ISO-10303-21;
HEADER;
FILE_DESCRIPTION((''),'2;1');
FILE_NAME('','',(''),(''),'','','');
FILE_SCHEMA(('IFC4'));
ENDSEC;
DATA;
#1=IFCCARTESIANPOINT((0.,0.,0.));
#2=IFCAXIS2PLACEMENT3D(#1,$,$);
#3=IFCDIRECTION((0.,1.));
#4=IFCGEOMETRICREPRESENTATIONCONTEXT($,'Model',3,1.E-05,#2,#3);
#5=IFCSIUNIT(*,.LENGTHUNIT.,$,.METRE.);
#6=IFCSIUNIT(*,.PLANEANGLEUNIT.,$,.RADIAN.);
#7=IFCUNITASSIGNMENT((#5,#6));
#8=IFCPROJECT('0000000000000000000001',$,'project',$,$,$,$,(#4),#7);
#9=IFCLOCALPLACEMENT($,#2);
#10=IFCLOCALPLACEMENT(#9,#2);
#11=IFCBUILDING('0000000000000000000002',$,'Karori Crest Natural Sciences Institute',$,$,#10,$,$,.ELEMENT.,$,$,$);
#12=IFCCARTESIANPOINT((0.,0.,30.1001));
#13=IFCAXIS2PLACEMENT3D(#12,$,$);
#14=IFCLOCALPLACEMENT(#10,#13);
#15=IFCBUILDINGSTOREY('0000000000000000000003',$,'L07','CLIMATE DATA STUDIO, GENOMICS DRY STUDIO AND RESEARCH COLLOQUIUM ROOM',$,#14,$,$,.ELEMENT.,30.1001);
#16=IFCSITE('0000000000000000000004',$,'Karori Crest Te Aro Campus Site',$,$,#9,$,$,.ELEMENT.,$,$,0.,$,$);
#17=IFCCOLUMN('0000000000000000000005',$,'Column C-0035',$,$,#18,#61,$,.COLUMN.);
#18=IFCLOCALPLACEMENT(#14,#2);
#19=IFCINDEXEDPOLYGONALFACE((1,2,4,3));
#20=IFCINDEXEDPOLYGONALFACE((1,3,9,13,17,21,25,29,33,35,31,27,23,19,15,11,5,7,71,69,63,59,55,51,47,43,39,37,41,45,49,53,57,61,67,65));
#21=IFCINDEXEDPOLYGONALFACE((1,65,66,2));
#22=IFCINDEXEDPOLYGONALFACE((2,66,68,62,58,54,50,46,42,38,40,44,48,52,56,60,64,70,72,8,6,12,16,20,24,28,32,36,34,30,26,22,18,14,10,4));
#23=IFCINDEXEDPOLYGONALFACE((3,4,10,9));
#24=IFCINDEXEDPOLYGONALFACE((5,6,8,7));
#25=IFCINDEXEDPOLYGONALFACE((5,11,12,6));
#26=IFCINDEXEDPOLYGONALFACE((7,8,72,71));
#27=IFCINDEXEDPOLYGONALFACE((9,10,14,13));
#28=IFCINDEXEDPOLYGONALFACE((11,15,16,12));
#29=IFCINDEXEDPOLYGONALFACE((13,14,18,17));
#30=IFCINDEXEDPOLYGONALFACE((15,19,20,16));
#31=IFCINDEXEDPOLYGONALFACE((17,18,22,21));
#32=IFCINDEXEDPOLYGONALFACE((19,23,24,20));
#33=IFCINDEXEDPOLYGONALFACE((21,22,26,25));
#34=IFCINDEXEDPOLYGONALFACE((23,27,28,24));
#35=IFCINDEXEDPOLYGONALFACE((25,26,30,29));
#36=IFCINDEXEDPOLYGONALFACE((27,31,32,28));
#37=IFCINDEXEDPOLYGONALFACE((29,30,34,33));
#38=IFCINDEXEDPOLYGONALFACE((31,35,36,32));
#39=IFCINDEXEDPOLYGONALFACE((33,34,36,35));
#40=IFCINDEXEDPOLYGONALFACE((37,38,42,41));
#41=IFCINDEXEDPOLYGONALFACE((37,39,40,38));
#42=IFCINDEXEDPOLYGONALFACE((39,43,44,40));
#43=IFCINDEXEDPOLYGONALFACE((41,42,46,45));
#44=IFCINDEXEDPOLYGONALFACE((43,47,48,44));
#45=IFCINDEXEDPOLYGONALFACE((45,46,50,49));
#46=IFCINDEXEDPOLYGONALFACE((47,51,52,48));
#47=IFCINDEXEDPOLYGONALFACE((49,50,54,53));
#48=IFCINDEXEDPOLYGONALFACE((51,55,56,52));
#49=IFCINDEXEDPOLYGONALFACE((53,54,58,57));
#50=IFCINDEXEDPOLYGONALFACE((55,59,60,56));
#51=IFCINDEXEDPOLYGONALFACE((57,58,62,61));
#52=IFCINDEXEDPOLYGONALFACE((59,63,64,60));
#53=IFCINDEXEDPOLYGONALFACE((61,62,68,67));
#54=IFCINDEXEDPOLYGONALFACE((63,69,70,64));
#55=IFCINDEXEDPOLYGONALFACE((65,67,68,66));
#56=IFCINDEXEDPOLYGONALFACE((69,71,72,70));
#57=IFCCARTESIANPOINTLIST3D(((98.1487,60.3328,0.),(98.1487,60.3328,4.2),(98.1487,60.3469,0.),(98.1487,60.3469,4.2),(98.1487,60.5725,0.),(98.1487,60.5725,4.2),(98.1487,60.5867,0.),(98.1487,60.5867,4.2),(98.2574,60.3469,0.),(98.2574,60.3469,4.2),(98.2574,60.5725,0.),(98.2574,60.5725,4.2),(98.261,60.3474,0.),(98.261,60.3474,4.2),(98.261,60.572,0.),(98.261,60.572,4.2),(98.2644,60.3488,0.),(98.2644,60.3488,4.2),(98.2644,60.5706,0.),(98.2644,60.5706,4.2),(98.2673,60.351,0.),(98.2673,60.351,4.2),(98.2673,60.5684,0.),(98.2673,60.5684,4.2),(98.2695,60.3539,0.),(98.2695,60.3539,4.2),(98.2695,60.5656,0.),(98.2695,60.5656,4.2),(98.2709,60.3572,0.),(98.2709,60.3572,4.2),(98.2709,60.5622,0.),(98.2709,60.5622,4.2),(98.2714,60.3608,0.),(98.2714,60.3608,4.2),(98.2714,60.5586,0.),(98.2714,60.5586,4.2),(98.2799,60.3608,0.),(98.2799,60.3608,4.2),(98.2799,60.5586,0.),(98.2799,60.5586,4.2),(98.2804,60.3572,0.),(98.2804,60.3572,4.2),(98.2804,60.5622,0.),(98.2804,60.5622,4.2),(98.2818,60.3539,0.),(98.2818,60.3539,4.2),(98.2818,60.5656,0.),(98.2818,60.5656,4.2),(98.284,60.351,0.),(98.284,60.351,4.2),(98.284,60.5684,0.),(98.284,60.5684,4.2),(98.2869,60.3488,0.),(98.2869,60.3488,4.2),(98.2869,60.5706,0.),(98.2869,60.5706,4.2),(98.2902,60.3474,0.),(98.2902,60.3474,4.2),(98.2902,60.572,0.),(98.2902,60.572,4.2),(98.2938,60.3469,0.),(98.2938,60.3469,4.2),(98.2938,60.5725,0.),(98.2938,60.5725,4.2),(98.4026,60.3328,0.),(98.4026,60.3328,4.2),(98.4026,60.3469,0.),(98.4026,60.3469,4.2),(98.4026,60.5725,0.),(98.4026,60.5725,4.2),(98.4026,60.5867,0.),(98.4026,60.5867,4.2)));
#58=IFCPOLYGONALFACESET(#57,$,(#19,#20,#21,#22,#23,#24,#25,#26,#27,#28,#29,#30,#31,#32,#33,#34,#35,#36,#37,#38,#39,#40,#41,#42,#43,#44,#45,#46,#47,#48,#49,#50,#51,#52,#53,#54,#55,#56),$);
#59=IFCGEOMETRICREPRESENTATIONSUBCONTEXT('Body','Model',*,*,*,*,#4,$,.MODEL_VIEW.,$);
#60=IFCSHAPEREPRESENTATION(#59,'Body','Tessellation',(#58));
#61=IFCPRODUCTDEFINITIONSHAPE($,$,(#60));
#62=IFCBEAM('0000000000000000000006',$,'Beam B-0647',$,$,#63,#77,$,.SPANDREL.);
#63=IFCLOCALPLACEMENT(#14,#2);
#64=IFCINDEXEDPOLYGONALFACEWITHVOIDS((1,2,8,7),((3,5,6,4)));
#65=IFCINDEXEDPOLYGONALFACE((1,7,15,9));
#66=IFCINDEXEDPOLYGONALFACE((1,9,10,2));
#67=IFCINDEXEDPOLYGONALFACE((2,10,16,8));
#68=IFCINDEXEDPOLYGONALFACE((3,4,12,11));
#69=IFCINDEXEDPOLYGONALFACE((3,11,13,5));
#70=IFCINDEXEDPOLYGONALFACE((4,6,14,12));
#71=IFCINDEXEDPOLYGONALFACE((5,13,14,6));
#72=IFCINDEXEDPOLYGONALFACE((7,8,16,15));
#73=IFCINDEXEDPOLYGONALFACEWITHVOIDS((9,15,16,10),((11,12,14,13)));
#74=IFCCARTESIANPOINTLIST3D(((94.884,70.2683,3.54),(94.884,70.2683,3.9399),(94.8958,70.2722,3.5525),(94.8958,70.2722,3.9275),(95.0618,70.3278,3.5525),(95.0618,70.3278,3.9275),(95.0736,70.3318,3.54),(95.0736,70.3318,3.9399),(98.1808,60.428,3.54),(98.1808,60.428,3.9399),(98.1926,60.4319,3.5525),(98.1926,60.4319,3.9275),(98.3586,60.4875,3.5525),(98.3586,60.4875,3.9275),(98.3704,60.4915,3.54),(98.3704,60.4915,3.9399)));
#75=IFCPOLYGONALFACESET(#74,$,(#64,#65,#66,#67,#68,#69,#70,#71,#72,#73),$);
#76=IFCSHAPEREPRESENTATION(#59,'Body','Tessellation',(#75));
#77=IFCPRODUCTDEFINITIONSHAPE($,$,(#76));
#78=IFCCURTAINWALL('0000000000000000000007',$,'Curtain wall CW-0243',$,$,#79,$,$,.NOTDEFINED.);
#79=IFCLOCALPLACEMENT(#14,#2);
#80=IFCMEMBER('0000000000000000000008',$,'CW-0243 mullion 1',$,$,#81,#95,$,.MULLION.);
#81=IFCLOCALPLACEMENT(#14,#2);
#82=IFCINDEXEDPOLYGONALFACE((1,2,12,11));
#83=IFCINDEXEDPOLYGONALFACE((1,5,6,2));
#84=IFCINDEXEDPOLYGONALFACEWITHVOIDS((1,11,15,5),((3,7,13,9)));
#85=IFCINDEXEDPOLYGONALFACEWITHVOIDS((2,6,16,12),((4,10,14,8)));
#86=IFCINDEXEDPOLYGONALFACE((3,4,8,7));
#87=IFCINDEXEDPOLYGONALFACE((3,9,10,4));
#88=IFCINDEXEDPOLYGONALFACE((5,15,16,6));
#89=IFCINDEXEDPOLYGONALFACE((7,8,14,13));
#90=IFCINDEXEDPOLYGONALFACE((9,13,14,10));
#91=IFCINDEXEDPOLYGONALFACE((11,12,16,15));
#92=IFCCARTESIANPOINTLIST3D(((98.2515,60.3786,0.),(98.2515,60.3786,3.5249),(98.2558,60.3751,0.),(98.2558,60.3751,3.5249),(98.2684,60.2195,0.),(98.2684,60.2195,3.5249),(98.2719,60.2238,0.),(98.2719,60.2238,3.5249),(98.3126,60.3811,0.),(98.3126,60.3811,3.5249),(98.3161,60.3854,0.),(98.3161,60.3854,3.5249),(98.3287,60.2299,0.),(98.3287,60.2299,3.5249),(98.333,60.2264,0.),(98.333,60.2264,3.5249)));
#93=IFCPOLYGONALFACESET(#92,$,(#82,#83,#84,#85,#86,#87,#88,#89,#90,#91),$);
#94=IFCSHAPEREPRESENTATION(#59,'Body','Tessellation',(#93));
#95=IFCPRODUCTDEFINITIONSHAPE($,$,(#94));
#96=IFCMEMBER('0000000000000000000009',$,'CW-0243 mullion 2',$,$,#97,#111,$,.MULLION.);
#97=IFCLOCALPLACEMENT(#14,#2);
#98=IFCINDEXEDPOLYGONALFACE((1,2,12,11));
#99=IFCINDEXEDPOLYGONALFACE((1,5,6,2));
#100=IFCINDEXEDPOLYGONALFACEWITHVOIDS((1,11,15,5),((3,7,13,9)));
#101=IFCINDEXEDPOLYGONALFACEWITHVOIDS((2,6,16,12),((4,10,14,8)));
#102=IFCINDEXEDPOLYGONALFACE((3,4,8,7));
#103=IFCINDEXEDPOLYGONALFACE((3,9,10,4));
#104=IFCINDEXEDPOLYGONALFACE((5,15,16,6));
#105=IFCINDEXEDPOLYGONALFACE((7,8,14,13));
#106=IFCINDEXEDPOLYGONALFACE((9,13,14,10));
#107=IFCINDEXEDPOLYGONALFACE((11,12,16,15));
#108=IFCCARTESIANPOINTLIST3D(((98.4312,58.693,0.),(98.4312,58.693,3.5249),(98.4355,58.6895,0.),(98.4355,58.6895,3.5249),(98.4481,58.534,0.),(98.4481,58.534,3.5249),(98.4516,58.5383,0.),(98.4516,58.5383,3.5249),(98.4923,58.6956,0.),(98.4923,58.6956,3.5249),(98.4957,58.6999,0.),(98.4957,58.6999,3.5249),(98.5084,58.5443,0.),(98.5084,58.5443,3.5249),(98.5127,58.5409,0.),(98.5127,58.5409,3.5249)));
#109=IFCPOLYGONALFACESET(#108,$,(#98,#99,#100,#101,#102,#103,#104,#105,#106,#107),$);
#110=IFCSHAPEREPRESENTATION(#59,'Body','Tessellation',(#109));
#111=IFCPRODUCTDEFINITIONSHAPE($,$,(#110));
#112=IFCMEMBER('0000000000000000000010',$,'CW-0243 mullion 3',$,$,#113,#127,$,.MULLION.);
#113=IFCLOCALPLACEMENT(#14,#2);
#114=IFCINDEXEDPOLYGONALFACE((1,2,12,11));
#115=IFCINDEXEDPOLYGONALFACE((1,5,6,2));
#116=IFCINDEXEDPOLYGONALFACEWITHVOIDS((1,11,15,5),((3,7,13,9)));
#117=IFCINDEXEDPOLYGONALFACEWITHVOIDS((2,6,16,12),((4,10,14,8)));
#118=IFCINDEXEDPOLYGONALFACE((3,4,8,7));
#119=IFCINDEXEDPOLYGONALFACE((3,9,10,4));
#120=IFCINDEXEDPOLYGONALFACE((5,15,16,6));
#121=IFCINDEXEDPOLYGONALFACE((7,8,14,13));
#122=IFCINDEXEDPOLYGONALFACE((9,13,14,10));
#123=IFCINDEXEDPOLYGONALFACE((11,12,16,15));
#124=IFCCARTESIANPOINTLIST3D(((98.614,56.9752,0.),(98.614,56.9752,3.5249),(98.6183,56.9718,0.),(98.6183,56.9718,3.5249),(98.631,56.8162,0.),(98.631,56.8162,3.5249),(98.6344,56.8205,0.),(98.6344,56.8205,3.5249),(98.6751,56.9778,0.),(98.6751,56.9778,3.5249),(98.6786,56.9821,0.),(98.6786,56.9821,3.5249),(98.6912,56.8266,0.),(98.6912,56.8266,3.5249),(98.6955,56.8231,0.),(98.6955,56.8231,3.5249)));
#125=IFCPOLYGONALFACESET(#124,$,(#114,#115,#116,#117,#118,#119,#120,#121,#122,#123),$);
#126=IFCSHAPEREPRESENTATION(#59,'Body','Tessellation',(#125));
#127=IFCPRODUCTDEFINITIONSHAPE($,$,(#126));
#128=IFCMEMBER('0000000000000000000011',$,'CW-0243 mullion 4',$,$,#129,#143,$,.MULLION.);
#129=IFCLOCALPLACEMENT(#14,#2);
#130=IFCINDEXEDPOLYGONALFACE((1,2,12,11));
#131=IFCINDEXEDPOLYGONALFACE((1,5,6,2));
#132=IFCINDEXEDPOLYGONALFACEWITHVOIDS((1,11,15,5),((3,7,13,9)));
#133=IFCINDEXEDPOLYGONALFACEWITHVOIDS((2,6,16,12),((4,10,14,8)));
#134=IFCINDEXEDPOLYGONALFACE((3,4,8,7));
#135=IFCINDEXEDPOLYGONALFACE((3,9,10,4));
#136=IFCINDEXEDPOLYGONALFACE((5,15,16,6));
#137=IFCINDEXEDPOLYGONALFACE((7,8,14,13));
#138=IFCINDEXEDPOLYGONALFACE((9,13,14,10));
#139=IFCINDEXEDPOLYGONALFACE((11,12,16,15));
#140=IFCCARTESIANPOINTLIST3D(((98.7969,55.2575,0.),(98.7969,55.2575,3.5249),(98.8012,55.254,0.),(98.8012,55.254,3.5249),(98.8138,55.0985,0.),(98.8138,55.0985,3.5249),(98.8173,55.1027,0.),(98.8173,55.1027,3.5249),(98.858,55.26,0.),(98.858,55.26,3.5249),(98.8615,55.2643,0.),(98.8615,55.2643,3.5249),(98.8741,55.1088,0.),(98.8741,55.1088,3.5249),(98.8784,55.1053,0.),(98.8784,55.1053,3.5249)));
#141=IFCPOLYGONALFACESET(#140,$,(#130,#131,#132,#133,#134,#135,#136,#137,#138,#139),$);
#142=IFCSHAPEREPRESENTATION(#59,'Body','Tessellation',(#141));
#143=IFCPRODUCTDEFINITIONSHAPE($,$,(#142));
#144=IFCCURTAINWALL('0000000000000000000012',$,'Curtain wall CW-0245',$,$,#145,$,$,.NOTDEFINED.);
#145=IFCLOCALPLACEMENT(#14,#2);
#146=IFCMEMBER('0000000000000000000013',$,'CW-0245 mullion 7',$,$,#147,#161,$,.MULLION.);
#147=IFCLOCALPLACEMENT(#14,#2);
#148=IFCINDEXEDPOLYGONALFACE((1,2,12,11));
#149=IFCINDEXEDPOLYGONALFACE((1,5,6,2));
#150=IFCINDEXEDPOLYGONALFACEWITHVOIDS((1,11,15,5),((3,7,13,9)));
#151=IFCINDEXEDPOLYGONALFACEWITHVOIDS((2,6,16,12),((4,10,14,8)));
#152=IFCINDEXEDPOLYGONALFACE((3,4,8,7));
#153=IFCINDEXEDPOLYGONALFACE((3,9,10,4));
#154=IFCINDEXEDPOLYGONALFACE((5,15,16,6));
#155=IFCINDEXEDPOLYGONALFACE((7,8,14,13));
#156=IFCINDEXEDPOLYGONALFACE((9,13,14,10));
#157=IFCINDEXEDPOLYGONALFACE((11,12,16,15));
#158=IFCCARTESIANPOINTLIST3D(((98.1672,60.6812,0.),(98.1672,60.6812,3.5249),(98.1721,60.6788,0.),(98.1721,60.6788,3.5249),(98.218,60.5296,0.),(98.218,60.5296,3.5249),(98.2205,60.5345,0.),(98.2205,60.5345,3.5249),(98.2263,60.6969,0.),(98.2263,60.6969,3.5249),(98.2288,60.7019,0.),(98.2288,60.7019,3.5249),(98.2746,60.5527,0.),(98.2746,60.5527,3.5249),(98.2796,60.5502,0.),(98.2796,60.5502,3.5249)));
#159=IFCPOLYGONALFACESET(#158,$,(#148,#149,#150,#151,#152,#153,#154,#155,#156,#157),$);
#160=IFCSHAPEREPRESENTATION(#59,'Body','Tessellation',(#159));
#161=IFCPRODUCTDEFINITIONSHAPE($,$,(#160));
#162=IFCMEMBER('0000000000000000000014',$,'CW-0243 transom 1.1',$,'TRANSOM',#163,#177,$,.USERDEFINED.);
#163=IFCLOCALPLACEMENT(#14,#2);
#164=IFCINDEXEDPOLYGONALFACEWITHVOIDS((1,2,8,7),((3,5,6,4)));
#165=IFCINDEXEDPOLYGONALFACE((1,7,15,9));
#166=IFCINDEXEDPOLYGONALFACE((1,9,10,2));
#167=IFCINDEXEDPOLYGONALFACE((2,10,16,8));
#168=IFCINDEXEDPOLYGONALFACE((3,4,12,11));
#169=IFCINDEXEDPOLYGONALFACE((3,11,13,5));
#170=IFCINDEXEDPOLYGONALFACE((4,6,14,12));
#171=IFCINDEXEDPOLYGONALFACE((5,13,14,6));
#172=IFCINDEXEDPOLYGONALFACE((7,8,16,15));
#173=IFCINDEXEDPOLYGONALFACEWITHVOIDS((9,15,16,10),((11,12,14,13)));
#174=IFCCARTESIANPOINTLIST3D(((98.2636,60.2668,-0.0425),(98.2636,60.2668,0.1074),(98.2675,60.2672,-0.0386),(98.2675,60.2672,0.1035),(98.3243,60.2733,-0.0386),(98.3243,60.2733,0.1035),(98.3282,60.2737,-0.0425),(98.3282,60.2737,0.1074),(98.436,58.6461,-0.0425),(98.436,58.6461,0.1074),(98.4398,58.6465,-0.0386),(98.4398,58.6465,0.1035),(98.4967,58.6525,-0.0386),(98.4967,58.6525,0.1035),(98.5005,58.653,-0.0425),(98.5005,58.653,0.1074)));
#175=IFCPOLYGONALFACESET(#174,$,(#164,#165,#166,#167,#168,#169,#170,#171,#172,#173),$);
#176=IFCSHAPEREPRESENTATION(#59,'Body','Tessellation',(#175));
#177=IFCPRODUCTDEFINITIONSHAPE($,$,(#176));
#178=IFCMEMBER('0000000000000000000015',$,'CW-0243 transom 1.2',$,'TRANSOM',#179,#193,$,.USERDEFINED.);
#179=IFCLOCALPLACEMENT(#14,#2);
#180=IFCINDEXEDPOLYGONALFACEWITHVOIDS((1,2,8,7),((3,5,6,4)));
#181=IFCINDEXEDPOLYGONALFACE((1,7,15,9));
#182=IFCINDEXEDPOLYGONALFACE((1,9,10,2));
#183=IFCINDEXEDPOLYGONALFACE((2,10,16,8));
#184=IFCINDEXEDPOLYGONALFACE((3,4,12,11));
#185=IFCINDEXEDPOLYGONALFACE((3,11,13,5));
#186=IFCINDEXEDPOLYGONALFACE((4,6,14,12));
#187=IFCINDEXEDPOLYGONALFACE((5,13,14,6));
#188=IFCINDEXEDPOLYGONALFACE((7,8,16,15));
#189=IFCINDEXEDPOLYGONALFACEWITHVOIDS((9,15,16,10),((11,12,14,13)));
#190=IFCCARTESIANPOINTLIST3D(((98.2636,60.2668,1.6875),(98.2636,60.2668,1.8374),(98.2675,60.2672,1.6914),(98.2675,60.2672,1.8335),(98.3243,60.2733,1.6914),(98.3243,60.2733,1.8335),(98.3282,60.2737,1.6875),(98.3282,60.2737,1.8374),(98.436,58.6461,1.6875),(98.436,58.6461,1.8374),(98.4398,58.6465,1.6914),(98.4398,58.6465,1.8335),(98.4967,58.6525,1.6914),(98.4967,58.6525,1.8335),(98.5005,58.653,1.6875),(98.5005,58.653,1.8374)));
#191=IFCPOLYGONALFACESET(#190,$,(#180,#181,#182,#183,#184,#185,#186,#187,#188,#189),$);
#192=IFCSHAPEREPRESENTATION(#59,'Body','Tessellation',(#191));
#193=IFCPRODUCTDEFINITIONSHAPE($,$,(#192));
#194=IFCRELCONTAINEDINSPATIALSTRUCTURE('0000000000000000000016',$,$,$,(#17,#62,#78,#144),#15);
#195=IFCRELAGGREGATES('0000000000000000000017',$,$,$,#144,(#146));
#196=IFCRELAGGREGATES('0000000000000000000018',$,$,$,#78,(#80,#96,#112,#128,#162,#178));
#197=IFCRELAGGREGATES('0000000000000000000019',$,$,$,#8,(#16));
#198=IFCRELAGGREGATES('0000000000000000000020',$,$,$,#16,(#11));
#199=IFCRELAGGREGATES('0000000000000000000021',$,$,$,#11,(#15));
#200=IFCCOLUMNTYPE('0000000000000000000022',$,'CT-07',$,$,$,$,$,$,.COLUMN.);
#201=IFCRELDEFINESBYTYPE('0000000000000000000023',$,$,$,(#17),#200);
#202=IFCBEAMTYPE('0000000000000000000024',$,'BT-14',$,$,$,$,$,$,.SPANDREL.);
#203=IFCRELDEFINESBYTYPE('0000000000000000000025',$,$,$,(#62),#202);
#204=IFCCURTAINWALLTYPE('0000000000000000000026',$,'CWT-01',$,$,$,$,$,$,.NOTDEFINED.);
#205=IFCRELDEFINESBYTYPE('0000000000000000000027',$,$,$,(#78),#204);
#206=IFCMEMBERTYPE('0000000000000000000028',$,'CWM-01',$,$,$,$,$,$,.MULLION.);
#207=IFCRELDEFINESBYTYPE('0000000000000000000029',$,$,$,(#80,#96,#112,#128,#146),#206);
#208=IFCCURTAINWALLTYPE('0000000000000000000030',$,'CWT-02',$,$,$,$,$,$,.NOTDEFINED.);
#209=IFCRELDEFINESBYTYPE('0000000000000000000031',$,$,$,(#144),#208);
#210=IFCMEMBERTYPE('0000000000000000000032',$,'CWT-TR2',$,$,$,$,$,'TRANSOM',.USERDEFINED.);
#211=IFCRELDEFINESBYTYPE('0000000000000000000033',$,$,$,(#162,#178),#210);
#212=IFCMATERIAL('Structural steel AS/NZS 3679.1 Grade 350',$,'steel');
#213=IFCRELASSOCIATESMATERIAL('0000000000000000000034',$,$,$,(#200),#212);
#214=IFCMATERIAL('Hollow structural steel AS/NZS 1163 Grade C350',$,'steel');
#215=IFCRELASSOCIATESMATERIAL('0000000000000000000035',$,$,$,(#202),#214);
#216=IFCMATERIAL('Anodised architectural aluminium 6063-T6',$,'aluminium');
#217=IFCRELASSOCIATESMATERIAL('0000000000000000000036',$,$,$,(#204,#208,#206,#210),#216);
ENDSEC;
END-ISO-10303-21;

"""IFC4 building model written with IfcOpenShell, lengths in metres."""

from ifc_helpers import new_model, si_unit, direction, frame, origin, origin_2d, place, context, subcontext, project, spatial, hollow_rectangle, i_section, extrude, material, material_profile, profile_set, type_object, element, aggregate, save


model = new_model("IFC4")

# Units and contexts
model_context = context("Model", 3, precision=1e-05, world=origin(), true_north=direction((0.0, 1.0)))
body_context = subcontext(model_context, "Body", "Model", "MODEL_VIEW")
ifc_project = project(units=[si_unit("LENGTHUNIT", "METRE"), si_unit("PLANEANGLEUNIT", "RADIAN")], contexts=[model_context])

# Site, building, storey
site_placement = place(None, origin())
site = spatial("IfcSite", under=ifc_project, at=site_placement, Name="Karori Crest Te Aro Campus Site", CompositionType="ELEMENT", RefElevation=0.0)
building_placement = place(site_placement, origin())
building = spatial("IfcBuilding", under=site, at=building_placement, Name="Karori Crest Natural Sciences Institute", CompositionType="ELEMENT")
storey_placement = place(building_placement, frame((0.0, 0.0, 30.1001)))
storey = spatial("IfcBuildingStorey", under=building, at=storey_placement, Name="L07", Description="CLIMATE DATA STUDIO, GENOMICS DRY STUDIO AND RESEARCH COLLOQUIUM ROOM", CompositionType="ELEMENT", Elevation=30.1001)

# Column
ifc_material_1 = material(Name="Structural steel AS/NZS 3679.1 Grade 350", Category="steel")
ifc_material_profile_1 = material_profile(ifc_material_1, i_section(OverallWidth=0.2539, OverallDepth=0.2539, WebThickness=0.0085, FlangeThickness=0.0142, FilletRadius=0.0139, at=origin_2d()), Name="250UC72.9")
ifc_profile_set_1 = profile_set([ifc_material_profile_1], Name="Structural steel AS/NZS 3679.1 Grade 350")
column_type = type_object("IfcColumnType", Name="CT-07", PredefinedType="COLUMN", material=ifc_profile_set_1)
column_placement = place(storey_placement, frame((98.2756, 60.4597, 0.0), z_axis=(0.0, 0.0, 1.0), x_axis=(1.0, 0.0, 0.0)))
element("IfcColumn", 1, at=column_placement, inside=storey, type_object=column_type, Name="Column C-0035", PredefinedType="COLUMN", context=body_context, shape_type="SweptSolid", body=[
    extrude(i_section(OverallWidth=0.2539, OverallDepth=0.2539, WebThickness=0.0085, FlangeThickness=0.0142, FilletRadius=0.0139, at=origin_2d()), origin(), (0.0, 0.0, 1.0), 4.2),
])

# Beam
ifc_material_2 = material(Name="Hollow structural steel AS/NZS 1163 Grade C350", Category="steel")
ifc_material_profile_2 = material_profile(ifc_material_2, hollow_rectangle(XDim=0.2, YDim=0.3999, WallThickness=0.0125, at=origin_2d()), Name="RHS400x200x12.5")
ifc_profile_set_2 = profile_set([ifc_material_profile_2], Name="Hollow structural steel AS/NZS 1163 Grade C350")
beam_type = type_object("IfcBeamType", Name="BT-14", PredefinedType="SPANDREL", material=ifc_profile_set_2)
beam_placement = place(storey_placement, frame((98.2756, 60.4597, 3.74), z_axis=(-0.317681, 0.948198, 0.0), x_axis=(-0.948198, -0.317681, 0.0)))
element("IfcBeam", 2, at=beam_placement, inside=storey, type_object=beam_type, Name="Beam B-0647", PredefinedType="SPANDREL", context=body_context, shape_type="SweptSolid", body=[
    extrude(hollow_rectangle(XDim=0.2, YDim=0.3999, WallThickness=0.0125, at=origin_2d()), origin(), (0.0, 0.0, 1.0), 10.3779),
])

# Curtain wall, members
ifc_material_3 = material(Name="Anodised architectural aluminium 6063-T6", Category="aluminium")
curtain_wall_type_1 = type_object("IfcCurtainWallType", Name="CWT-01", PredefinedType="NOTDEFINED", material=ifc_material_3)
curtain_wall_1_placement = place(storey_placement, origin())
curtain_wall_1 = element("IfcCurtainWall", 3, at=curtain_wall_1_placement, inside=storey, type_object=curtain_wall_type_1, Name="Curtain wall CW-0243", PredefinedType="NOTDEFINED")
ifc_material_profile_3 = material_profile(ifc_material_3, hollow_rectangle(XDim=0.0649, YDim=0.1599, WallThickness=0.0039, at=origin_2d()), Name="CWM160x65x4")
ifc_profile_set_3 = profile_set([ifc_material_profile_3], Name="Anodised architectural aluminium 6063-T6")
member_type_1 = type_object("IfcMemberType", Name="CWM-01", PredefinedType="MULLION", material=ifc_profile_set_3)
member_1_placement = place(storey_placement, frame((98.2922, 60.3025, 0.0), z_axis=(0.0, 0.0, 1.0), x_axis=(0.994378, 0.105884, 0.0)))
member_1 = element("IfcMember", 4, at=member_1_placement, type_object=member_type_1, Name="CW-0243 mullion 1", PredefinedType="MULLION", context=body_context, shape_type="SweptSolid", body=[
    extrude(hollow_rectangle(XDim=0.0649, YDim=0.1599, WallThickness=0.0039, at=origin_2d()), origin(), (0.0, 0.0, 1.0), 3.5249),
])
member_2_placement = place(storey_placement, frame((98.4719, 58.6169, 0.0), z_axis=(0.0, 0.0, 1.0), x_axis=(0.994378, 0.105884, 0.0)))
member_2 = element("IfcMember", 5, at=member_2_placement, type_object=member_type_1, Name="CW-0243 mullion 2", PredefinedType="MULLION", context=body_context, shape_type="SweptSolid", body=[
    extrude(hollow_rectangle(XDim=0.0649, YDim=0.1599, WallThickness=0.0039, at=origin_2d()), origin(), (0.0, 0.0, 1.0), 3.5249),
])
member_3_placement = place(storey_placement, frame((98.6548, 56.8992, 0.0), z_axis=(0.0, 0.0, 1.0), x_axis=(0.994378, 0.105884, 0.0)))
member_3 = element("IfcMember", 6, at=member_3_placement, type_object=member_type_1, Name="CW-0243 mullion 3", PredefinedType="MULLION", context=body_context, shape_type="SweptSolid", body=[
    extrude(hollow_rectangle(XDim=0.0649, YDim=0.1599, WallThickness=0.0039, at=origin_2d()), origin(), (0.0, 0.0, 1.0), 3.5249),
])
member_4_placement = place(storey_placement, frame((98.8376, 55.1814, 0.0), z_axis=(0.0, 0.0, 1.0), x_axis=(0.994378, 0.105884, 0.0)))
member_4 = element("IfcMember", 7, at=member_4_placement, type_object=member_type_1, Name="CW-0243 mullion 4", PredefinedType="MULLION", context=body_context, shape_type="SweptSolid", body=[
    extrude(hollow_rectangle(XDim=0.0649, YDim=0.1599, WallThickness=0.0039, at=origin_2d()), origin(), (0.0, 0.0, 1.0), 3.5249),
])

# Curtain wall, member
curtain_wall_type_2 = type_object("IfcCurtainWallType", Name="CWT-02", PredefinedType="NOTDEFINED", material=ifc_material_3)
curtain_wall_2_placement = place(storey_placement, origin())
curtain_wall_2 = element("IfcCurtainWall", 8, at=curtain_wall_2_placement, inside=storey, type_object=curtain_wall_type_2, Name="Curtain wall CW-0245", PredefinedType="NOTDEFINED")
member_5_placement = place(storey_placement, frame((98.2234, 60.6157, 0.0), z_axis=(0.0, 0.0, 1.0), x_axis=(0.948198, 0.31768, 0.0)))
member_5 = element("IfcMember", 9, at=member_5_placement, type_object=member_type_1, Name="CW-0245 mullion 7", PredefinedType="MULLION", context=body_context, shape_type="SweptSolid", body=[
    extrude(hollow_rectangle(XDim=0.0649, YDim=0.1599, WallThickness=0.0039, at=origin_2d()), origin(), (0.0, 0.0, 1.0), 3.5249),
])
aggregate(curtain_wall_2, [member_5])

# Members
ifc_material_profile_4 = material_profile(ifc_material_3, hollow_rectangle(XDim=0.0649, YDim=0.1499, WallThickness=0.0039, at=origin_2d()), Name="CWT150x65x4")
ifc_profile_set_4 = profile_set([ifc_material_profile_4], Name="Anodised architectural aluminium 6063-T6")
member_type_2 = type_object("IfcMemberType", Name="CWT-TR2", ElementType="TRANSOM", PredefinedType="USERDEFINED", material=ifc_profile_set_4)
member_6_placement = place(storey_placement, frame((98.2959, 60.2703, 0.0325), z_axis=(0.105745, -0.994393, 0.0), x_axis=(0.994393, 0.105745, 0.0)))
member_6 = element("IfcMember", 10, at=member_6_placement, type_object=member_type_2, Name="CW-0243 transom 1.1", ObjectType="TRANSOM", PredefinedType="USERDEFINED", context=body_context, shape_type="SweptSolid", body=[
    extrude(hollow_rectangle(XDim=0.0649, YDim=0.1499, WallThickness=0.0039, at=origin_2d()), origin(), (0.0, 0.0, 1.0), 1.6299),
])
member_7_placement = place(storey_placement, frame((98.2959, 60.2703, 1.7625), z_axis=(0.105745, -0.994393, 0.0), x_axis=(0.994393, 0.105745, 0.0)))
member_7 = element("IfcMember", 11, at=member_7_placement, type_object=member_type_2, Name="CW-0243 transom 1.2", ObjectType="TRANSOM", PredefinedType="USERDEFINED", context=body_context, shape_type="SweptSolid", body=[
    extrude(hollow_rectangle(XDim=0.0649, YDim=0.1499, WallThickness=0.0039, at=origin_2d()), origin(), (0.0, 0.0, 1.0), 1.6299),
])

aggregate(curtain_wall_1, [member_1, member_2, member_3, member_4, member_6, member_7])

save(model, "model.ifc")
